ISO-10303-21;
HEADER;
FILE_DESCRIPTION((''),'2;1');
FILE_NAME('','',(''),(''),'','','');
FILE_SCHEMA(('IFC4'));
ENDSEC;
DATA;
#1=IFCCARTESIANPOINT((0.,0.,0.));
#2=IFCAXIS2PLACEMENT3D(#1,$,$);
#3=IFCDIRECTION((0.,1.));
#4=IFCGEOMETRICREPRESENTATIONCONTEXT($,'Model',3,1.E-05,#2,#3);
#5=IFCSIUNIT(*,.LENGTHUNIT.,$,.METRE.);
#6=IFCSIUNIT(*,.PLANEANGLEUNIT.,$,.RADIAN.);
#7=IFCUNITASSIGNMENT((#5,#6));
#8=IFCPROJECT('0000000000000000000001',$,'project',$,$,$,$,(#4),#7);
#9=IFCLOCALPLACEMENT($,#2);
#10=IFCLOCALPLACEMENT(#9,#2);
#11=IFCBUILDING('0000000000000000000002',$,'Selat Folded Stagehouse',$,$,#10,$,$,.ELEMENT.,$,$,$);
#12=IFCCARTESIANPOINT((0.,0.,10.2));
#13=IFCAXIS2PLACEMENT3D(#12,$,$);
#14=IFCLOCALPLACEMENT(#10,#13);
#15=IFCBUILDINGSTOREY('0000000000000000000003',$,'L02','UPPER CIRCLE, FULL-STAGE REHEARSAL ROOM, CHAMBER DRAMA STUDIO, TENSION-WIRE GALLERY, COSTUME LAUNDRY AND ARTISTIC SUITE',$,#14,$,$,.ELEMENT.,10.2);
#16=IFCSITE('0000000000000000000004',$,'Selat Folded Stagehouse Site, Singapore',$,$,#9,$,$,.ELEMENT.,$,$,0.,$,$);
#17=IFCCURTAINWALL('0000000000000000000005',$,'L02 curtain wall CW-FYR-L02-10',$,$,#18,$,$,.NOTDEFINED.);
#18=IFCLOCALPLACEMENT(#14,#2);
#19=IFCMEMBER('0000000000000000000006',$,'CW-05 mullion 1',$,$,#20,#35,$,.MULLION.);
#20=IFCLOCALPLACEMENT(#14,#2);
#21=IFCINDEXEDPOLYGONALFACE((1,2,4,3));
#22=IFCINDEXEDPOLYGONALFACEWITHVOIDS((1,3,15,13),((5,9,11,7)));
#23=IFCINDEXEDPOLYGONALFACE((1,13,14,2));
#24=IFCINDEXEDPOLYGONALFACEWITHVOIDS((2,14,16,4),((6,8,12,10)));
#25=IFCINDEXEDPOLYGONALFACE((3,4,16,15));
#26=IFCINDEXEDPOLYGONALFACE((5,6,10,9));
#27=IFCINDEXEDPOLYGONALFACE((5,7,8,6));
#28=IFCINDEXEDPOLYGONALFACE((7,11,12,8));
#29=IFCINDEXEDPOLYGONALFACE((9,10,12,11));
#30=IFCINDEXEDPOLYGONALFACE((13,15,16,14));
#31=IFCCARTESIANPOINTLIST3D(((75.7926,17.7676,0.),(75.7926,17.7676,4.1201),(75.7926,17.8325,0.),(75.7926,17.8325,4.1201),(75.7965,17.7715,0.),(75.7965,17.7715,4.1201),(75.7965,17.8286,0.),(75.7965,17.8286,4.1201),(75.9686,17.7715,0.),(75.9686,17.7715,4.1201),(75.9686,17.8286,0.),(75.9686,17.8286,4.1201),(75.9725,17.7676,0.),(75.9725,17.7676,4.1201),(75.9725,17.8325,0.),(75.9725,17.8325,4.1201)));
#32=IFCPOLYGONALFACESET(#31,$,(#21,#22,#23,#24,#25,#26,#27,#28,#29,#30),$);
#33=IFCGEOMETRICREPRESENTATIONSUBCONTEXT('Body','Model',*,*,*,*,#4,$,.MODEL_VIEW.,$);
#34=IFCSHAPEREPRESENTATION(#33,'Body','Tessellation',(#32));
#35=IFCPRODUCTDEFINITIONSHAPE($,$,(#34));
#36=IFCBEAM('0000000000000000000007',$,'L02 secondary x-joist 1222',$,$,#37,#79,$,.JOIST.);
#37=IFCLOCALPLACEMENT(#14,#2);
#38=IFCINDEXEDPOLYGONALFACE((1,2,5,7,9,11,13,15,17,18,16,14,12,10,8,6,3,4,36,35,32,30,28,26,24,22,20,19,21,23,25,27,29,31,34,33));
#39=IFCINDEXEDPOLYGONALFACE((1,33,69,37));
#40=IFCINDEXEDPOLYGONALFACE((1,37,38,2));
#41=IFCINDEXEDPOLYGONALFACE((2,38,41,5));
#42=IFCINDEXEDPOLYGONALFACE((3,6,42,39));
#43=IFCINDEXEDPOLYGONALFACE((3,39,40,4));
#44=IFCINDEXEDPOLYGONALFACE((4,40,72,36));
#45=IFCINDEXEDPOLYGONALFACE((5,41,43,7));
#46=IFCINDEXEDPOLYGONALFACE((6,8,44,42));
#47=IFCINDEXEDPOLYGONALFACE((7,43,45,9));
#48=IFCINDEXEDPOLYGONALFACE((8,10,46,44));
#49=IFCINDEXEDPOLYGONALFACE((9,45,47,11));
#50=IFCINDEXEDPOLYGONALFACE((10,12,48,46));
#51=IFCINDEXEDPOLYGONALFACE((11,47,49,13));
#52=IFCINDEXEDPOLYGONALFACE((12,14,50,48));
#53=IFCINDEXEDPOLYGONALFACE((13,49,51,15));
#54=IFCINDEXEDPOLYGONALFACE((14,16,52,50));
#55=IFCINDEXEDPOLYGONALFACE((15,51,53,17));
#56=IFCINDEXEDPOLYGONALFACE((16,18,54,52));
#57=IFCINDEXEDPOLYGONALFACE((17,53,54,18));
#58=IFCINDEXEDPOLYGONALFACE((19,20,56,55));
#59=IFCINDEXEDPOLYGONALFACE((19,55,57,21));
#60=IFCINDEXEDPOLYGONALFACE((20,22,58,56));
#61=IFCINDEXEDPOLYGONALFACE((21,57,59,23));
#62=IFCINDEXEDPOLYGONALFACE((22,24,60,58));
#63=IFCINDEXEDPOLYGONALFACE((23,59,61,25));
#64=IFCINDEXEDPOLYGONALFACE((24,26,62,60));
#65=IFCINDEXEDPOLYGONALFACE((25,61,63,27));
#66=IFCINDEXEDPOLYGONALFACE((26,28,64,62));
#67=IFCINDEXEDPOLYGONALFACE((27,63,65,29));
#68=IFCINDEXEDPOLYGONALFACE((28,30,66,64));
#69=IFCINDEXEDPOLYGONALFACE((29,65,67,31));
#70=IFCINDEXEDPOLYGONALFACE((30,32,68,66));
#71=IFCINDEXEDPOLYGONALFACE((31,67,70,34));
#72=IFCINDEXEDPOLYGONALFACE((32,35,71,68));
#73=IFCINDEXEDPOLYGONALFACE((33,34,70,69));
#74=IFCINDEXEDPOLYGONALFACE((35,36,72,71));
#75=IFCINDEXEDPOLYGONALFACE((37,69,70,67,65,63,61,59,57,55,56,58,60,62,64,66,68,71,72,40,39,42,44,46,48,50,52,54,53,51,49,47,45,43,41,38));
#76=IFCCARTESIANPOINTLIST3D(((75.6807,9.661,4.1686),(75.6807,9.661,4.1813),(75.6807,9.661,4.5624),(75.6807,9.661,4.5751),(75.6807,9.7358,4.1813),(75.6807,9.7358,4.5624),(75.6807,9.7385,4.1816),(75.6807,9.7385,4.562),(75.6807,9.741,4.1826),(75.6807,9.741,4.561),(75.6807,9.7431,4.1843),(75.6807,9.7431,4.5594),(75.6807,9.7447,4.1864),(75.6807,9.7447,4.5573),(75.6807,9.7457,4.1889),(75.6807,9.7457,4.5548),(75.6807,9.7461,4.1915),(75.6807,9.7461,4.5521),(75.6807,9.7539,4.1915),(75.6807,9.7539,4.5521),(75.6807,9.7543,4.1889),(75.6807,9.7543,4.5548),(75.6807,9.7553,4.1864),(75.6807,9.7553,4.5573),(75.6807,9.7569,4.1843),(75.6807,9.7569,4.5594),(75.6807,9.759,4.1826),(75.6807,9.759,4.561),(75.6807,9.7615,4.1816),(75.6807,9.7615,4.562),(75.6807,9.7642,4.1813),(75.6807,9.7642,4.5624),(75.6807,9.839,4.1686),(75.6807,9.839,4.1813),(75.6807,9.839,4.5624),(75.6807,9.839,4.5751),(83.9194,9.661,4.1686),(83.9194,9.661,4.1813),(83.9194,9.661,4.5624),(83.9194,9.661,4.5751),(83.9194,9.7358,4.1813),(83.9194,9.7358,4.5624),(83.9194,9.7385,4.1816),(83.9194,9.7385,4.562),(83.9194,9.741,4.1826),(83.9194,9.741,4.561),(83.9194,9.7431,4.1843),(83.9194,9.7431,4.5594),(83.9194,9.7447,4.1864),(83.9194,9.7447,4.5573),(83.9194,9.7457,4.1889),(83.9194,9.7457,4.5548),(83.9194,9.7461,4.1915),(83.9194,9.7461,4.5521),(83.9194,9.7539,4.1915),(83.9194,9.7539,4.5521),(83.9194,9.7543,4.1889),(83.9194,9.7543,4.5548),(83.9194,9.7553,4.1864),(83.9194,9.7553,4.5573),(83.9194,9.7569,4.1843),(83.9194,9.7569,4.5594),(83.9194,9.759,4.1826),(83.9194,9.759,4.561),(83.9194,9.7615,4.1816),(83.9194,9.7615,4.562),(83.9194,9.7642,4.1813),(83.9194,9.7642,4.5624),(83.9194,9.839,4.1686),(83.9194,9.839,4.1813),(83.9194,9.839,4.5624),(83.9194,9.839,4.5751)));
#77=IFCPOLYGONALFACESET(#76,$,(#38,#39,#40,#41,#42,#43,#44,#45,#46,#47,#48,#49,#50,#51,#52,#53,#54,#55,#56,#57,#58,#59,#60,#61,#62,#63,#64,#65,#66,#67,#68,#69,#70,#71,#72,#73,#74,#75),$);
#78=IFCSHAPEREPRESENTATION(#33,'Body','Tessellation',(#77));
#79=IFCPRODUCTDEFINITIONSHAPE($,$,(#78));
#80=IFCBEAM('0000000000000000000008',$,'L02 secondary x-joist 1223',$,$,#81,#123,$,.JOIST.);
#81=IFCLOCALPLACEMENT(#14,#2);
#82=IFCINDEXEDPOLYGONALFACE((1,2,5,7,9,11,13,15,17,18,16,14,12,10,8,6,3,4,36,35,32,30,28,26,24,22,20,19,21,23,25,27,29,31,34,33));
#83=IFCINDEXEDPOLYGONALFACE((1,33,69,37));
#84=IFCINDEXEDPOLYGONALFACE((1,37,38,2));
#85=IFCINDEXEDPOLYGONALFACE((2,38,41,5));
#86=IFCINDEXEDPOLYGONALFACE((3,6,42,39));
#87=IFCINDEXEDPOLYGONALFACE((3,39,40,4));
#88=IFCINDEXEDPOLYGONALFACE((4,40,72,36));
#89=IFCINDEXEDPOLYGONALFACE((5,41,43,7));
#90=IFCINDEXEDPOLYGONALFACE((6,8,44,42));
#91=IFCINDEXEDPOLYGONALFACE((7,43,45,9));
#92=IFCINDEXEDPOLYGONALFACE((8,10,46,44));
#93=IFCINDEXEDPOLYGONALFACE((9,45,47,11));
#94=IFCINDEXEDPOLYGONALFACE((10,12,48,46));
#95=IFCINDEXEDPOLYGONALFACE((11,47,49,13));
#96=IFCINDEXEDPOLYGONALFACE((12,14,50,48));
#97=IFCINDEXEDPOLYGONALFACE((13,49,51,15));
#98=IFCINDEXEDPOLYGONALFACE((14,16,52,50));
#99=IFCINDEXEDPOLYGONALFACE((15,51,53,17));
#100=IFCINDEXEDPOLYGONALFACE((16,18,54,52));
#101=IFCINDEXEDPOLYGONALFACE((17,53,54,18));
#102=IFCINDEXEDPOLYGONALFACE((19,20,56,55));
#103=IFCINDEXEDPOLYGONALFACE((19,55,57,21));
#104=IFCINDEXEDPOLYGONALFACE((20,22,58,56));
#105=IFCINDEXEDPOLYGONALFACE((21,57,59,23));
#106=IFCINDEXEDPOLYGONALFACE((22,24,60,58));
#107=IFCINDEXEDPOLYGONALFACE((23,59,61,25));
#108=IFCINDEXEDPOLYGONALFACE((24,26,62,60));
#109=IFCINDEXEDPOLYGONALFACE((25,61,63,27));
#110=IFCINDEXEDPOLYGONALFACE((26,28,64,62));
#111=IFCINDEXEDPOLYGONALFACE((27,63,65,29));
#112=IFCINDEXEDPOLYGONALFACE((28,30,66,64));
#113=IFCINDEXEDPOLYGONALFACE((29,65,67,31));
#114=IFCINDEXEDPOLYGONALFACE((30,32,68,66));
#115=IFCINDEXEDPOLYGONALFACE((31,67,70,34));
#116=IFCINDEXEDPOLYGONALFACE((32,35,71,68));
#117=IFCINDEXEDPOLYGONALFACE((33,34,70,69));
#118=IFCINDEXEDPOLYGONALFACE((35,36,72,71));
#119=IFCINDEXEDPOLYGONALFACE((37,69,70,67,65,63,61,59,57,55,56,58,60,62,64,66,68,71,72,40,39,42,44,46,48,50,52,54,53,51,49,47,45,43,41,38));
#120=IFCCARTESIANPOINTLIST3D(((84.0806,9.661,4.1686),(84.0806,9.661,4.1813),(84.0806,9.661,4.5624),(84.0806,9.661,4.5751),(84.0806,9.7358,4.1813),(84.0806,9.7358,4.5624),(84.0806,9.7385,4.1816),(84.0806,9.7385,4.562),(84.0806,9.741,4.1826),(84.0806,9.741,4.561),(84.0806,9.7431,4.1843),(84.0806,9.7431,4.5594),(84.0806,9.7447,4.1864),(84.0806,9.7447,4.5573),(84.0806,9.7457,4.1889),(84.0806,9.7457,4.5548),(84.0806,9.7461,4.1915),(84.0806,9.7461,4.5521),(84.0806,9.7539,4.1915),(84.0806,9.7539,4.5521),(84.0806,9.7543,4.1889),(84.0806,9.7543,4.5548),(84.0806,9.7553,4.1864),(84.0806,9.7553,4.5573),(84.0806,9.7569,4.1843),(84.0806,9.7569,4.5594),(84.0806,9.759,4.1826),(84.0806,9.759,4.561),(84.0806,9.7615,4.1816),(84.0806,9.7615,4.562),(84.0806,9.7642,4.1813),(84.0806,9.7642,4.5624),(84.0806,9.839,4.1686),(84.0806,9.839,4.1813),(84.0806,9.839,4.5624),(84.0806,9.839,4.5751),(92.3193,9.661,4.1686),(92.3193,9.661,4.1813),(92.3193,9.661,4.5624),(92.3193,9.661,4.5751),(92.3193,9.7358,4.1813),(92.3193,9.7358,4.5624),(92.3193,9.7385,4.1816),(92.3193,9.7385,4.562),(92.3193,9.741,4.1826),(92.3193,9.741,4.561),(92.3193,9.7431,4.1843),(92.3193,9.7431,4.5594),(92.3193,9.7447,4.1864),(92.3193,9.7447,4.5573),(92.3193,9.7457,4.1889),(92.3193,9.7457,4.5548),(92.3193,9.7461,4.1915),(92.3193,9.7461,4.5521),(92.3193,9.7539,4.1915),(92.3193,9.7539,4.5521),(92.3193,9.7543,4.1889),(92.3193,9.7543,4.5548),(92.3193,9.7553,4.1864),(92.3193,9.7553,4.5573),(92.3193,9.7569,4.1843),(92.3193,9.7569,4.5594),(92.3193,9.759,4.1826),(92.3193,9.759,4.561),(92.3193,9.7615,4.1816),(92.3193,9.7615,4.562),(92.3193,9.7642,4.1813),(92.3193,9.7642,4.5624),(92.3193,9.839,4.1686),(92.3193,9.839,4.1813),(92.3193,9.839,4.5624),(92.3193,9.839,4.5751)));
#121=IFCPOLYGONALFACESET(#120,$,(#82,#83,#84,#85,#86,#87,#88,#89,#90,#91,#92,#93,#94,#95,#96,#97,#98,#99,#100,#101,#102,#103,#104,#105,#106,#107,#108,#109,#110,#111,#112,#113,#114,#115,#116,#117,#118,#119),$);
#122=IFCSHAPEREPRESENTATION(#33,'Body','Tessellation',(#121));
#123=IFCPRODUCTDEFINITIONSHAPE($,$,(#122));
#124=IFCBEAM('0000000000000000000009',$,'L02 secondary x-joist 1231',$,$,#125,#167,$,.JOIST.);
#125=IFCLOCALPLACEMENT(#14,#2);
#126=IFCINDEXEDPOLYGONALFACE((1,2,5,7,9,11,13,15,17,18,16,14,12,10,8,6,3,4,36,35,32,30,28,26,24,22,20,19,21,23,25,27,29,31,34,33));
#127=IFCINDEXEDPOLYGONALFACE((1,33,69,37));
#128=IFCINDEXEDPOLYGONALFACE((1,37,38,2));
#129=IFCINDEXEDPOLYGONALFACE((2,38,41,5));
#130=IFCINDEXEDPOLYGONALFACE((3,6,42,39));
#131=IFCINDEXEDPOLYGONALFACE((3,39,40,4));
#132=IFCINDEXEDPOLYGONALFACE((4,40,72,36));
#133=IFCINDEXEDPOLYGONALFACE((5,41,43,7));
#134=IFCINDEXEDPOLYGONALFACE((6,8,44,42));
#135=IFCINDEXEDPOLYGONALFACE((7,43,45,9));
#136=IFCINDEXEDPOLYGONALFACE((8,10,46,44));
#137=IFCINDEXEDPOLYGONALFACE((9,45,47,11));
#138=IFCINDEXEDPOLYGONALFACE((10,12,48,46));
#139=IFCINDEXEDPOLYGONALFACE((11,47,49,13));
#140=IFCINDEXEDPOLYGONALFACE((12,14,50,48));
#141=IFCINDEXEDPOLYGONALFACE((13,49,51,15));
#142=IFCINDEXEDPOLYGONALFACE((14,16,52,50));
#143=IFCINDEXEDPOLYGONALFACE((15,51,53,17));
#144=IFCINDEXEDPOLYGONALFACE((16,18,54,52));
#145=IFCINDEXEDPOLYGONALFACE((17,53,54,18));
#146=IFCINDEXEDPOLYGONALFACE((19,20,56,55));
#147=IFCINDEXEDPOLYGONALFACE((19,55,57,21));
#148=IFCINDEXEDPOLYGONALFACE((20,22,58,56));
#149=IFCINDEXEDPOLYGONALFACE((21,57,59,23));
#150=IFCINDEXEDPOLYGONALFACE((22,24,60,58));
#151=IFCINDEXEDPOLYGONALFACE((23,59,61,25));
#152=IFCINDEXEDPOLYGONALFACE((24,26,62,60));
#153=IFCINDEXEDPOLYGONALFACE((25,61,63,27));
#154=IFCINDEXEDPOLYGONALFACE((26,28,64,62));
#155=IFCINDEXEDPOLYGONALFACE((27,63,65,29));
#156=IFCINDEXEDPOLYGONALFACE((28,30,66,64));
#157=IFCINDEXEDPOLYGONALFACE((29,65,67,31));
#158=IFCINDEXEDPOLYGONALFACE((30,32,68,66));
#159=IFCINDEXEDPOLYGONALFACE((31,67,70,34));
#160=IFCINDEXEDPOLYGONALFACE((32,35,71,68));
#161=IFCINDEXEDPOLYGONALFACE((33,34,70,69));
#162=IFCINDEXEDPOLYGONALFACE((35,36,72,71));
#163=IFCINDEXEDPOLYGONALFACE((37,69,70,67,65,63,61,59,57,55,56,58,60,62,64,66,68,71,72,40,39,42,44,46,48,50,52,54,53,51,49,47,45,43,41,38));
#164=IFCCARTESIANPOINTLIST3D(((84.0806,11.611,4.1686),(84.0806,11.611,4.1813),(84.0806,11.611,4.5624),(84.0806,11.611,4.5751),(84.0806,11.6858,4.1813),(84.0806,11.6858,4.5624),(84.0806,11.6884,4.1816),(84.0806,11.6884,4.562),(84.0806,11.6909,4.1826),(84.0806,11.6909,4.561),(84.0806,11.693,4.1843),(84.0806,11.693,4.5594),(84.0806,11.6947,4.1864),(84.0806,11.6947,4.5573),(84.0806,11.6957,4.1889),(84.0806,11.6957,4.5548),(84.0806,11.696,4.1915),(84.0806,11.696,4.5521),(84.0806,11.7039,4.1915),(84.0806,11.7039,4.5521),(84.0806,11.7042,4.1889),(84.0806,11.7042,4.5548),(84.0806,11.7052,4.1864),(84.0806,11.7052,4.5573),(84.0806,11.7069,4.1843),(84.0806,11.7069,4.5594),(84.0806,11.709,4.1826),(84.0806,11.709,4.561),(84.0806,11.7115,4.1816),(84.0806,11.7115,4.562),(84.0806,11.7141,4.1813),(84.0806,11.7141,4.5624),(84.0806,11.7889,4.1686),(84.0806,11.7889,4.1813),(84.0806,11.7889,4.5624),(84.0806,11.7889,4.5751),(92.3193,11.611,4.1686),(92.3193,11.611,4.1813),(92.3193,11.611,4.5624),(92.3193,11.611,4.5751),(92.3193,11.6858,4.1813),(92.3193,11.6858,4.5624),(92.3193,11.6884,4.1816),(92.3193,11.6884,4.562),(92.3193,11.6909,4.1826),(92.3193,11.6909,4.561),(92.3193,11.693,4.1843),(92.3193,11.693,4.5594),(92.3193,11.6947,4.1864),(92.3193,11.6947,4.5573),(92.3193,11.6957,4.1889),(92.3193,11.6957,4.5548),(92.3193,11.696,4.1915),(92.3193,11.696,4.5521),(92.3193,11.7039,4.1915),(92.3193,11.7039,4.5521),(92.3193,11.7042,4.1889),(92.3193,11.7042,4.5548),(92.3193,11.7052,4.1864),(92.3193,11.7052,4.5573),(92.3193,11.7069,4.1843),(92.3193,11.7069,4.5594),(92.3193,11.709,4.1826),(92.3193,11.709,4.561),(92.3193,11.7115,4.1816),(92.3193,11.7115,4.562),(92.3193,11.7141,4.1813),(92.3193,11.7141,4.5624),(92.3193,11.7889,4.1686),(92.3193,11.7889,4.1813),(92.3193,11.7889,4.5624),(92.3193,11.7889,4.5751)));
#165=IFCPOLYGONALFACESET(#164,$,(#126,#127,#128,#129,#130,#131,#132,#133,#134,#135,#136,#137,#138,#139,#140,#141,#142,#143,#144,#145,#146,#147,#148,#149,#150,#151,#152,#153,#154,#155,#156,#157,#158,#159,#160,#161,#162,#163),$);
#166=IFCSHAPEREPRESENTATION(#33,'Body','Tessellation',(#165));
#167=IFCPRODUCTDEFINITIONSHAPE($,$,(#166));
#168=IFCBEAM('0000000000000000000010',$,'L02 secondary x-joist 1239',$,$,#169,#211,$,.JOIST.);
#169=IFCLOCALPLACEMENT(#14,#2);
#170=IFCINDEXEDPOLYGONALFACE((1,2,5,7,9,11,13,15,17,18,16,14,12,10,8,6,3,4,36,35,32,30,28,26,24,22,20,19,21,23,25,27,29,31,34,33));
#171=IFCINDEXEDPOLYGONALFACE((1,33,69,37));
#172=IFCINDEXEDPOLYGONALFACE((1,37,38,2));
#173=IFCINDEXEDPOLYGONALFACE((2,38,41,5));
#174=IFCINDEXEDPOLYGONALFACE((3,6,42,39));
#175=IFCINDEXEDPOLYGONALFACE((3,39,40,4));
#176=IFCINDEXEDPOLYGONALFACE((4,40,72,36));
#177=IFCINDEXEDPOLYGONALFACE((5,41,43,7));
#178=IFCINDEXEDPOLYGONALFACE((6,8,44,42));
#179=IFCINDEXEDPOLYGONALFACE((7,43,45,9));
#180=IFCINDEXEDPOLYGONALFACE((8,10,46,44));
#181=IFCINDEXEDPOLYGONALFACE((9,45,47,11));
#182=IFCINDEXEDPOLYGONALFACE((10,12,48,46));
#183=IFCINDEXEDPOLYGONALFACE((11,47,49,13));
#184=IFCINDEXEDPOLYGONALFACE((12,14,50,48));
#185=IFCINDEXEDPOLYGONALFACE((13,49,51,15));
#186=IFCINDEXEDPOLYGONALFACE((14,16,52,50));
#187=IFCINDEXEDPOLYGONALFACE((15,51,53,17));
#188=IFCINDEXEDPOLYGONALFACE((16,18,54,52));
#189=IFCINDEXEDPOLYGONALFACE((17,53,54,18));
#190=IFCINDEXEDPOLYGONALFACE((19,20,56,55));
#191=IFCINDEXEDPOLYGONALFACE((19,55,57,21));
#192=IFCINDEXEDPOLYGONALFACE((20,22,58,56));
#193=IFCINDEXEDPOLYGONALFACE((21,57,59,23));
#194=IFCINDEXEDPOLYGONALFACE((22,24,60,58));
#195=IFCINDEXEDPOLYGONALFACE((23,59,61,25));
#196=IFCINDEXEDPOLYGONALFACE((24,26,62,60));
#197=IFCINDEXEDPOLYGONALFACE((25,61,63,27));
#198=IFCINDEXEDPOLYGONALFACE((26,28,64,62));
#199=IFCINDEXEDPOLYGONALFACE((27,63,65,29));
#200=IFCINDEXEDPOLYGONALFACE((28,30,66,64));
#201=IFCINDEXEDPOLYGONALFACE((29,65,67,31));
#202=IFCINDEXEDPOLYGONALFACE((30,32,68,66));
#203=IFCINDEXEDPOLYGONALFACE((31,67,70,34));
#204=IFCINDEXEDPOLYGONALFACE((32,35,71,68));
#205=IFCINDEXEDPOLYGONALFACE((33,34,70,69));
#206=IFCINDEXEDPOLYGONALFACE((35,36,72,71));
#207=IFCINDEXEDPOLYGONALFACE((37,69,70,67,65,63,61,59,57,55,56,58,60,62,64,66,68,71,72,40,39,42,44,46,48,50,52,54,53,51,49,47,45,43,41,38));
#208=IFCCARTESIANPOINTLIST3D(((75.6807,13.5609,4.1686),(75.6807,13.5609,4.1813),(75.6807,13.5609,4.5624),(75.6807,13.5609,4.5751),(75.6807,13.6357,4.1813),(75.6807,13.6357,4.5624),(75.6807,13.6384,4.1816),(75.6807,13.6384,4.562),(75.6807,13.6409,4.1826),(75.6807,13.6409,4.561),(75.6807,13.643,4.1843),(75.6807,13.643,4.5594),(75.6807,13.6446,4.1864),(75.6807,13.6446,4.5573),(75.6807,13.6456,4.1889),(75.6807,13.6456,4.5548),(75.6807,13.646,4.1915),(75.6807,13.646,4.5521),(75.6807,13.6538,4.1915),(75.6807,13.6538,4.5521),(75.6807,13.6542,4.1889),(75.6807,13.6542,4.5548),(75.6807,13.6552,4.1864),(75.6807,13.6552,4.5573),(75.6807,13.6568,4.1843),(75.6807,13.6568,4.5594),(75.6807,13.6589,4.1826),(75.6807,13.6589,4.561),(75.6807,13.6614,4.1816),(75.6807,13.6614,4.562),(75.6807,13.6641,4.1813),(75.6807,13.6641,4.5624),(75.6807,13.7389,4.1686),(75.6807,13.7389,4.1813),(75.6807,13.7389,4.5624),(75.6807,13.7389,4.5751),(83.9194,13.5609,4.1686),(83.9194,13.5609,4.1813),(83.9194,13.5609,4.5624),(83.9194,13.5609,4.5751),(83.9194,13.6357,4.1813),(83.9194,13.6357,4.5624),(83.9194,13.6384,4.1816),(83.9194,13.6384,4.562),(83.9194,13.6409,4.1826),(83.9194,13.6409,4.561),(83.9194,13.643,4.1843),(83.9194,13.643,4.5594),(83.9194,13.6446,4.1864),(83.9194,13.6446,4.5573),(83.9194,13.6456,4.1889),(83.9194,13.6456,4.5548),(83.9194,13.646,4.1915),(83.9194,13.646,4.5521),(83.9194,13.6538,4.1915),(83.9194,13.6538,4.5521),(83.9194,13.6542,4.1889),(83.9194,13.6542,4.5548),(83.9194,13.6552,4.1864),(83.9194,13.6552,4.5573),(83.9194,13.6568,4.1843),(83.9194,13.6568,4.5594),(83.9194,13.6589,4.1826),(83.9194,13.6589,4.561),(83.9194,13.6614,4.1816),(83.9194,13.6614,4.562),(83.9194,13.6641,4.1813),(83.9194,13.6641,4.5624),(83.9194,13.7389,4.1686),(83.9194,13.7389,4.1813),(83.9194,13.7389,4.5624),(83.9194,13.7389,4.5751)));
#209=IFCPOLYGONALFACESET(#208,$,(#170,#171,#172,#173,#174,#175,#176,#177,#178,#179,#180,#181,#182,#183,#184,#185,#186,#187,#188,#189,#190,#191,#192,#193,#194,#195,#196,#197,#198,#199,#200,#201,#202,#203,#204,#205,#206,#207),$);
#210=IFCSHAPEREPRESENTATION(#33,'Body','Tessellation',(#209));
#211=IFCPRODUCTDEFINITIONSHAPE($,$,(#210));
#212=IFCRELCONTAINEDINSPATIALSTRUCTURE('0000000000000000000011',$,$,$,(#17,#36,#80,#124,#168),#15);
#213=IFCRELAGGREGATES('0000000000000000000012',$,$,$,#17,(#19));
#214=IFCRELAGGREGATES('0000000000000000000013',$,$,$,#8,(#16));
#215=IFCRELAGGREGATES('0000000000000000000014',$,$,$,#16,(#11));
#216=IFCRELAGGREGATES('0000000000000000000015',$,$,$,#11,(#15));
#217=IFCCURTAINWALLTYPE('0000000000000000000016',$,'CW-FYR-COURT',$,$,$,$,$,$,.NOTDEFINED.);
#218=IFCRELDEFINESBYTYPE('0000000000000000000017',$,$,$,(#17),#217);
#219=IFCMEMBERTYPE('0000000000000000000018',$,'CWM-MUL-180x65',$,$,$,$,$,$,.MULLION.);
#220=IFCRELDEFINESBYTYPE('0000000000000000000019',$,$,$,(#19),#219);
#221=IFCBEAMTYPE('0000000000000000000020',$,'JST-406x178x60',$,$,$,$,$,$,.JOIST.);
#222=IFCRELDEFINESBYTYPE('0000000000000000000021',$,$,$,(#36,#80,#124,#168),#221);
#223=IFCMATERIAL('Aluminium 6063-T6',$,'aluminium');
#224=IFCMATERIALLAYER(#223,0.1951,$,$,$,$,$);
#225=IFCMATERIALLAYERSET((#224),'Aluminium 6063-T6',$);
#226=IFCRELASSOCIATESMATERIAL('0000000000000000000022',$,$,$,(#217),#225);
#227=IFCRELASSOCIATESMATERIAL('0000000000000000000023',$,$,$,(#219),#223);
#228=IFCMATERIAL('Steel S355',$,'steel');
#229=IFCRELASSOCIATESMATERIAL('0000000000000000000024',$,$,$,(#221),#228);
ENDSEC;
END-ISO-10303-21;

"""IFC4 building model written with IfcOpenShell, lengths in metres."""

from ifc_helpers import new_model, si_unit, direction, frame, origin, origin_2d, place, context, subcontext, project, spatial, hollow_rectangle, i_section, extrude, material, layer, layer_set, material_profile, profile_set, type_object, element, aggregate, save


model = new_model("IFC4")

# Units and contexts
model_context = context("Model", 3, precision=1e-05, world=origin(), true_north=direction((0.0, 1.0)))
body_context = subcontext(model_context, "Body", "Model", "MODEL_VIEW")
ifc_project = project(units=[si_unit("LENGTHUNIT", "METRE"), si_unit("PLANEANGLEUNIT", "RADIAN")], contexts=[model_context])

# Site, building, storey
site_placement = place(None, origin())
site = spatial("IfcSite", under=ifc_project, at=site_placement, Name="Selat Folded Stagehouse Site, Singapore", CompositionType="ELEMENT", RefElevation=0.0)
building_placement = place(site_placement, origin())
building = spatial("IfcBuilding", under=site, at=building_placement, Name="Selat Folded Stagehouse", CompositionType="ELEMENT")
storey_placement = place(building_placement, frame((0.0, 0.0, 10.2)))
storey = spatial("IfcBuildingStorey", under=building, at=storey_placement, Name="L02", Description="UPPER CIRCLE, FULL-STAGE REHEARSAL ROOM, CHAMBER DRAMA STUDIO, TENSION-WIRE GALLERY, COSTUME LAUNDRY AND ARTISTIC SUITE", CompositionType="ELEMENT", Elevation=10.2)

# Shared definitions
ifc_material_1 = material(Name="Steel S355", Category="steel")

# Curtain wall, member
ifc_material_2 = material(Name="Aluminium 6063-T6", Category="aluminium")
ifc_layer_1 = layer(ifc_material_2, 0.1951)
ifc_layer_set_1 = layer_set([ifc_layer_1], Name="Aluminium 6063-T6")
curtain_wall_type = type_object("IfcCurtainWallType", Name="CW-FYR-COURT", PredefinedType="NOTDEFINED", material=ifc_layer_set_1)
curtain_wall_placement = place(storey_placement, origin())
curtain_wall = element("IfcCurtainWall", 1, at=curtain_wall_placement, inside=storey, type_object=curtain_wall_type, Name="L02 curtain wall CW-FYR-L02-10", PredefinedType="NOTDEFINED")
ifc_material_profile_1 = material_profile(ifc_material_2, hollow_rectangle(XDim=0.0649, YDim=0.1799, WallThickness=0.0039, at=origin_2d()), Name="ALU 180x65x4.0")
ifc_profile_set_1 = profile_set([ifc_material_profile_1], Name="Aluminium 6063-T6")
member_type = type_object("IfcMemberType", Name="CWM-MUL-180x65", PredefinedType="MULLION", material=ifc_profile_set_1)
member_placement = place(storey_placement, frame((75.8826, 17.8, 0.0), z_axis=(0.0, 0.0, 1.0), x_axis=(0.0, 1.0, 0.0)))
member = element("IfcMember", 2, at=member_placement, type_object=member_type, Name="CW-05 mullion 1", PredefinedType="MULLION", context=body_context, shape_type="SweptSolid", body=[
    extrude(hollow_rectangle(XDim=0.0649, YDim=0.1799, WallThickness=0.0039, at=origin_2d()), origin(), (0.0, 0.0, 1.0), 4.1201),
])
aggregate(curtain_wall, [member])

# Beams
ifc_material_profile_2 = material_profile(ifc_material_1, i_section(OverallWidth=0.178, OverallDepth=0.4065, WebThickness=0.0078, FlangeThickness=0.0127, FilletRadius=0.0103, at=origin_2d()), Name="UKB 406x178x60")
ifc_profile_set_2 = profile_set([ifc_material_profile_2], Name="Steel S355")
beam_type_1 = type_object("IfcBeamType", Name="JST-406x178x60", PredefinedType="JOIST", material=ifc_profile_set_2)
for number, where, z_axis, x_axis, name in (
    (3, (75.6807, 9.75, 4.3718), (1.0, 0.0, 0.0), (0.0, 1.0, 0.0), "L02 secondary x-joist 1222"),
    (4, (84.0806, 9.75, 4.3718), (1.0, 0.0, 0.0), (0.0, 1.0, 0.0), "L02 secondary x-joist 1223"),
    (5, (84.0806, 11.7, 4.3718), (1.0, 0.0, 0.0), (0.0, 1.0, 0.0), "L02 secondary x-joist 1231"),
    (6, (75.6807, 13.6499, 4.3718), (1.0, 0.0, 0.0), (0.0, 1.0, 0.0), "L02 secondary x-joist 1239"),
):
    element("IfcBeam", number, at=place(storey_placement, frame(where, z_axis=z_axis, x_axis=x_axis)), inside=storey, type_object=beam_type_1, Name=name, PredefinedType="JOIST", context=body_context, shape_type="SweptSolid", body=[
        extrude(i_section(OverallWidth=0.178, OverallDepth=0.4065, WebThickness=0.0078, FlangeThickness=0.0127, FilletRadius=0.0103, at=origin_2d()), origin(), (0.0, 0.0, 1.0), 8.2388),
    ])

save(model, "model.ifc")
